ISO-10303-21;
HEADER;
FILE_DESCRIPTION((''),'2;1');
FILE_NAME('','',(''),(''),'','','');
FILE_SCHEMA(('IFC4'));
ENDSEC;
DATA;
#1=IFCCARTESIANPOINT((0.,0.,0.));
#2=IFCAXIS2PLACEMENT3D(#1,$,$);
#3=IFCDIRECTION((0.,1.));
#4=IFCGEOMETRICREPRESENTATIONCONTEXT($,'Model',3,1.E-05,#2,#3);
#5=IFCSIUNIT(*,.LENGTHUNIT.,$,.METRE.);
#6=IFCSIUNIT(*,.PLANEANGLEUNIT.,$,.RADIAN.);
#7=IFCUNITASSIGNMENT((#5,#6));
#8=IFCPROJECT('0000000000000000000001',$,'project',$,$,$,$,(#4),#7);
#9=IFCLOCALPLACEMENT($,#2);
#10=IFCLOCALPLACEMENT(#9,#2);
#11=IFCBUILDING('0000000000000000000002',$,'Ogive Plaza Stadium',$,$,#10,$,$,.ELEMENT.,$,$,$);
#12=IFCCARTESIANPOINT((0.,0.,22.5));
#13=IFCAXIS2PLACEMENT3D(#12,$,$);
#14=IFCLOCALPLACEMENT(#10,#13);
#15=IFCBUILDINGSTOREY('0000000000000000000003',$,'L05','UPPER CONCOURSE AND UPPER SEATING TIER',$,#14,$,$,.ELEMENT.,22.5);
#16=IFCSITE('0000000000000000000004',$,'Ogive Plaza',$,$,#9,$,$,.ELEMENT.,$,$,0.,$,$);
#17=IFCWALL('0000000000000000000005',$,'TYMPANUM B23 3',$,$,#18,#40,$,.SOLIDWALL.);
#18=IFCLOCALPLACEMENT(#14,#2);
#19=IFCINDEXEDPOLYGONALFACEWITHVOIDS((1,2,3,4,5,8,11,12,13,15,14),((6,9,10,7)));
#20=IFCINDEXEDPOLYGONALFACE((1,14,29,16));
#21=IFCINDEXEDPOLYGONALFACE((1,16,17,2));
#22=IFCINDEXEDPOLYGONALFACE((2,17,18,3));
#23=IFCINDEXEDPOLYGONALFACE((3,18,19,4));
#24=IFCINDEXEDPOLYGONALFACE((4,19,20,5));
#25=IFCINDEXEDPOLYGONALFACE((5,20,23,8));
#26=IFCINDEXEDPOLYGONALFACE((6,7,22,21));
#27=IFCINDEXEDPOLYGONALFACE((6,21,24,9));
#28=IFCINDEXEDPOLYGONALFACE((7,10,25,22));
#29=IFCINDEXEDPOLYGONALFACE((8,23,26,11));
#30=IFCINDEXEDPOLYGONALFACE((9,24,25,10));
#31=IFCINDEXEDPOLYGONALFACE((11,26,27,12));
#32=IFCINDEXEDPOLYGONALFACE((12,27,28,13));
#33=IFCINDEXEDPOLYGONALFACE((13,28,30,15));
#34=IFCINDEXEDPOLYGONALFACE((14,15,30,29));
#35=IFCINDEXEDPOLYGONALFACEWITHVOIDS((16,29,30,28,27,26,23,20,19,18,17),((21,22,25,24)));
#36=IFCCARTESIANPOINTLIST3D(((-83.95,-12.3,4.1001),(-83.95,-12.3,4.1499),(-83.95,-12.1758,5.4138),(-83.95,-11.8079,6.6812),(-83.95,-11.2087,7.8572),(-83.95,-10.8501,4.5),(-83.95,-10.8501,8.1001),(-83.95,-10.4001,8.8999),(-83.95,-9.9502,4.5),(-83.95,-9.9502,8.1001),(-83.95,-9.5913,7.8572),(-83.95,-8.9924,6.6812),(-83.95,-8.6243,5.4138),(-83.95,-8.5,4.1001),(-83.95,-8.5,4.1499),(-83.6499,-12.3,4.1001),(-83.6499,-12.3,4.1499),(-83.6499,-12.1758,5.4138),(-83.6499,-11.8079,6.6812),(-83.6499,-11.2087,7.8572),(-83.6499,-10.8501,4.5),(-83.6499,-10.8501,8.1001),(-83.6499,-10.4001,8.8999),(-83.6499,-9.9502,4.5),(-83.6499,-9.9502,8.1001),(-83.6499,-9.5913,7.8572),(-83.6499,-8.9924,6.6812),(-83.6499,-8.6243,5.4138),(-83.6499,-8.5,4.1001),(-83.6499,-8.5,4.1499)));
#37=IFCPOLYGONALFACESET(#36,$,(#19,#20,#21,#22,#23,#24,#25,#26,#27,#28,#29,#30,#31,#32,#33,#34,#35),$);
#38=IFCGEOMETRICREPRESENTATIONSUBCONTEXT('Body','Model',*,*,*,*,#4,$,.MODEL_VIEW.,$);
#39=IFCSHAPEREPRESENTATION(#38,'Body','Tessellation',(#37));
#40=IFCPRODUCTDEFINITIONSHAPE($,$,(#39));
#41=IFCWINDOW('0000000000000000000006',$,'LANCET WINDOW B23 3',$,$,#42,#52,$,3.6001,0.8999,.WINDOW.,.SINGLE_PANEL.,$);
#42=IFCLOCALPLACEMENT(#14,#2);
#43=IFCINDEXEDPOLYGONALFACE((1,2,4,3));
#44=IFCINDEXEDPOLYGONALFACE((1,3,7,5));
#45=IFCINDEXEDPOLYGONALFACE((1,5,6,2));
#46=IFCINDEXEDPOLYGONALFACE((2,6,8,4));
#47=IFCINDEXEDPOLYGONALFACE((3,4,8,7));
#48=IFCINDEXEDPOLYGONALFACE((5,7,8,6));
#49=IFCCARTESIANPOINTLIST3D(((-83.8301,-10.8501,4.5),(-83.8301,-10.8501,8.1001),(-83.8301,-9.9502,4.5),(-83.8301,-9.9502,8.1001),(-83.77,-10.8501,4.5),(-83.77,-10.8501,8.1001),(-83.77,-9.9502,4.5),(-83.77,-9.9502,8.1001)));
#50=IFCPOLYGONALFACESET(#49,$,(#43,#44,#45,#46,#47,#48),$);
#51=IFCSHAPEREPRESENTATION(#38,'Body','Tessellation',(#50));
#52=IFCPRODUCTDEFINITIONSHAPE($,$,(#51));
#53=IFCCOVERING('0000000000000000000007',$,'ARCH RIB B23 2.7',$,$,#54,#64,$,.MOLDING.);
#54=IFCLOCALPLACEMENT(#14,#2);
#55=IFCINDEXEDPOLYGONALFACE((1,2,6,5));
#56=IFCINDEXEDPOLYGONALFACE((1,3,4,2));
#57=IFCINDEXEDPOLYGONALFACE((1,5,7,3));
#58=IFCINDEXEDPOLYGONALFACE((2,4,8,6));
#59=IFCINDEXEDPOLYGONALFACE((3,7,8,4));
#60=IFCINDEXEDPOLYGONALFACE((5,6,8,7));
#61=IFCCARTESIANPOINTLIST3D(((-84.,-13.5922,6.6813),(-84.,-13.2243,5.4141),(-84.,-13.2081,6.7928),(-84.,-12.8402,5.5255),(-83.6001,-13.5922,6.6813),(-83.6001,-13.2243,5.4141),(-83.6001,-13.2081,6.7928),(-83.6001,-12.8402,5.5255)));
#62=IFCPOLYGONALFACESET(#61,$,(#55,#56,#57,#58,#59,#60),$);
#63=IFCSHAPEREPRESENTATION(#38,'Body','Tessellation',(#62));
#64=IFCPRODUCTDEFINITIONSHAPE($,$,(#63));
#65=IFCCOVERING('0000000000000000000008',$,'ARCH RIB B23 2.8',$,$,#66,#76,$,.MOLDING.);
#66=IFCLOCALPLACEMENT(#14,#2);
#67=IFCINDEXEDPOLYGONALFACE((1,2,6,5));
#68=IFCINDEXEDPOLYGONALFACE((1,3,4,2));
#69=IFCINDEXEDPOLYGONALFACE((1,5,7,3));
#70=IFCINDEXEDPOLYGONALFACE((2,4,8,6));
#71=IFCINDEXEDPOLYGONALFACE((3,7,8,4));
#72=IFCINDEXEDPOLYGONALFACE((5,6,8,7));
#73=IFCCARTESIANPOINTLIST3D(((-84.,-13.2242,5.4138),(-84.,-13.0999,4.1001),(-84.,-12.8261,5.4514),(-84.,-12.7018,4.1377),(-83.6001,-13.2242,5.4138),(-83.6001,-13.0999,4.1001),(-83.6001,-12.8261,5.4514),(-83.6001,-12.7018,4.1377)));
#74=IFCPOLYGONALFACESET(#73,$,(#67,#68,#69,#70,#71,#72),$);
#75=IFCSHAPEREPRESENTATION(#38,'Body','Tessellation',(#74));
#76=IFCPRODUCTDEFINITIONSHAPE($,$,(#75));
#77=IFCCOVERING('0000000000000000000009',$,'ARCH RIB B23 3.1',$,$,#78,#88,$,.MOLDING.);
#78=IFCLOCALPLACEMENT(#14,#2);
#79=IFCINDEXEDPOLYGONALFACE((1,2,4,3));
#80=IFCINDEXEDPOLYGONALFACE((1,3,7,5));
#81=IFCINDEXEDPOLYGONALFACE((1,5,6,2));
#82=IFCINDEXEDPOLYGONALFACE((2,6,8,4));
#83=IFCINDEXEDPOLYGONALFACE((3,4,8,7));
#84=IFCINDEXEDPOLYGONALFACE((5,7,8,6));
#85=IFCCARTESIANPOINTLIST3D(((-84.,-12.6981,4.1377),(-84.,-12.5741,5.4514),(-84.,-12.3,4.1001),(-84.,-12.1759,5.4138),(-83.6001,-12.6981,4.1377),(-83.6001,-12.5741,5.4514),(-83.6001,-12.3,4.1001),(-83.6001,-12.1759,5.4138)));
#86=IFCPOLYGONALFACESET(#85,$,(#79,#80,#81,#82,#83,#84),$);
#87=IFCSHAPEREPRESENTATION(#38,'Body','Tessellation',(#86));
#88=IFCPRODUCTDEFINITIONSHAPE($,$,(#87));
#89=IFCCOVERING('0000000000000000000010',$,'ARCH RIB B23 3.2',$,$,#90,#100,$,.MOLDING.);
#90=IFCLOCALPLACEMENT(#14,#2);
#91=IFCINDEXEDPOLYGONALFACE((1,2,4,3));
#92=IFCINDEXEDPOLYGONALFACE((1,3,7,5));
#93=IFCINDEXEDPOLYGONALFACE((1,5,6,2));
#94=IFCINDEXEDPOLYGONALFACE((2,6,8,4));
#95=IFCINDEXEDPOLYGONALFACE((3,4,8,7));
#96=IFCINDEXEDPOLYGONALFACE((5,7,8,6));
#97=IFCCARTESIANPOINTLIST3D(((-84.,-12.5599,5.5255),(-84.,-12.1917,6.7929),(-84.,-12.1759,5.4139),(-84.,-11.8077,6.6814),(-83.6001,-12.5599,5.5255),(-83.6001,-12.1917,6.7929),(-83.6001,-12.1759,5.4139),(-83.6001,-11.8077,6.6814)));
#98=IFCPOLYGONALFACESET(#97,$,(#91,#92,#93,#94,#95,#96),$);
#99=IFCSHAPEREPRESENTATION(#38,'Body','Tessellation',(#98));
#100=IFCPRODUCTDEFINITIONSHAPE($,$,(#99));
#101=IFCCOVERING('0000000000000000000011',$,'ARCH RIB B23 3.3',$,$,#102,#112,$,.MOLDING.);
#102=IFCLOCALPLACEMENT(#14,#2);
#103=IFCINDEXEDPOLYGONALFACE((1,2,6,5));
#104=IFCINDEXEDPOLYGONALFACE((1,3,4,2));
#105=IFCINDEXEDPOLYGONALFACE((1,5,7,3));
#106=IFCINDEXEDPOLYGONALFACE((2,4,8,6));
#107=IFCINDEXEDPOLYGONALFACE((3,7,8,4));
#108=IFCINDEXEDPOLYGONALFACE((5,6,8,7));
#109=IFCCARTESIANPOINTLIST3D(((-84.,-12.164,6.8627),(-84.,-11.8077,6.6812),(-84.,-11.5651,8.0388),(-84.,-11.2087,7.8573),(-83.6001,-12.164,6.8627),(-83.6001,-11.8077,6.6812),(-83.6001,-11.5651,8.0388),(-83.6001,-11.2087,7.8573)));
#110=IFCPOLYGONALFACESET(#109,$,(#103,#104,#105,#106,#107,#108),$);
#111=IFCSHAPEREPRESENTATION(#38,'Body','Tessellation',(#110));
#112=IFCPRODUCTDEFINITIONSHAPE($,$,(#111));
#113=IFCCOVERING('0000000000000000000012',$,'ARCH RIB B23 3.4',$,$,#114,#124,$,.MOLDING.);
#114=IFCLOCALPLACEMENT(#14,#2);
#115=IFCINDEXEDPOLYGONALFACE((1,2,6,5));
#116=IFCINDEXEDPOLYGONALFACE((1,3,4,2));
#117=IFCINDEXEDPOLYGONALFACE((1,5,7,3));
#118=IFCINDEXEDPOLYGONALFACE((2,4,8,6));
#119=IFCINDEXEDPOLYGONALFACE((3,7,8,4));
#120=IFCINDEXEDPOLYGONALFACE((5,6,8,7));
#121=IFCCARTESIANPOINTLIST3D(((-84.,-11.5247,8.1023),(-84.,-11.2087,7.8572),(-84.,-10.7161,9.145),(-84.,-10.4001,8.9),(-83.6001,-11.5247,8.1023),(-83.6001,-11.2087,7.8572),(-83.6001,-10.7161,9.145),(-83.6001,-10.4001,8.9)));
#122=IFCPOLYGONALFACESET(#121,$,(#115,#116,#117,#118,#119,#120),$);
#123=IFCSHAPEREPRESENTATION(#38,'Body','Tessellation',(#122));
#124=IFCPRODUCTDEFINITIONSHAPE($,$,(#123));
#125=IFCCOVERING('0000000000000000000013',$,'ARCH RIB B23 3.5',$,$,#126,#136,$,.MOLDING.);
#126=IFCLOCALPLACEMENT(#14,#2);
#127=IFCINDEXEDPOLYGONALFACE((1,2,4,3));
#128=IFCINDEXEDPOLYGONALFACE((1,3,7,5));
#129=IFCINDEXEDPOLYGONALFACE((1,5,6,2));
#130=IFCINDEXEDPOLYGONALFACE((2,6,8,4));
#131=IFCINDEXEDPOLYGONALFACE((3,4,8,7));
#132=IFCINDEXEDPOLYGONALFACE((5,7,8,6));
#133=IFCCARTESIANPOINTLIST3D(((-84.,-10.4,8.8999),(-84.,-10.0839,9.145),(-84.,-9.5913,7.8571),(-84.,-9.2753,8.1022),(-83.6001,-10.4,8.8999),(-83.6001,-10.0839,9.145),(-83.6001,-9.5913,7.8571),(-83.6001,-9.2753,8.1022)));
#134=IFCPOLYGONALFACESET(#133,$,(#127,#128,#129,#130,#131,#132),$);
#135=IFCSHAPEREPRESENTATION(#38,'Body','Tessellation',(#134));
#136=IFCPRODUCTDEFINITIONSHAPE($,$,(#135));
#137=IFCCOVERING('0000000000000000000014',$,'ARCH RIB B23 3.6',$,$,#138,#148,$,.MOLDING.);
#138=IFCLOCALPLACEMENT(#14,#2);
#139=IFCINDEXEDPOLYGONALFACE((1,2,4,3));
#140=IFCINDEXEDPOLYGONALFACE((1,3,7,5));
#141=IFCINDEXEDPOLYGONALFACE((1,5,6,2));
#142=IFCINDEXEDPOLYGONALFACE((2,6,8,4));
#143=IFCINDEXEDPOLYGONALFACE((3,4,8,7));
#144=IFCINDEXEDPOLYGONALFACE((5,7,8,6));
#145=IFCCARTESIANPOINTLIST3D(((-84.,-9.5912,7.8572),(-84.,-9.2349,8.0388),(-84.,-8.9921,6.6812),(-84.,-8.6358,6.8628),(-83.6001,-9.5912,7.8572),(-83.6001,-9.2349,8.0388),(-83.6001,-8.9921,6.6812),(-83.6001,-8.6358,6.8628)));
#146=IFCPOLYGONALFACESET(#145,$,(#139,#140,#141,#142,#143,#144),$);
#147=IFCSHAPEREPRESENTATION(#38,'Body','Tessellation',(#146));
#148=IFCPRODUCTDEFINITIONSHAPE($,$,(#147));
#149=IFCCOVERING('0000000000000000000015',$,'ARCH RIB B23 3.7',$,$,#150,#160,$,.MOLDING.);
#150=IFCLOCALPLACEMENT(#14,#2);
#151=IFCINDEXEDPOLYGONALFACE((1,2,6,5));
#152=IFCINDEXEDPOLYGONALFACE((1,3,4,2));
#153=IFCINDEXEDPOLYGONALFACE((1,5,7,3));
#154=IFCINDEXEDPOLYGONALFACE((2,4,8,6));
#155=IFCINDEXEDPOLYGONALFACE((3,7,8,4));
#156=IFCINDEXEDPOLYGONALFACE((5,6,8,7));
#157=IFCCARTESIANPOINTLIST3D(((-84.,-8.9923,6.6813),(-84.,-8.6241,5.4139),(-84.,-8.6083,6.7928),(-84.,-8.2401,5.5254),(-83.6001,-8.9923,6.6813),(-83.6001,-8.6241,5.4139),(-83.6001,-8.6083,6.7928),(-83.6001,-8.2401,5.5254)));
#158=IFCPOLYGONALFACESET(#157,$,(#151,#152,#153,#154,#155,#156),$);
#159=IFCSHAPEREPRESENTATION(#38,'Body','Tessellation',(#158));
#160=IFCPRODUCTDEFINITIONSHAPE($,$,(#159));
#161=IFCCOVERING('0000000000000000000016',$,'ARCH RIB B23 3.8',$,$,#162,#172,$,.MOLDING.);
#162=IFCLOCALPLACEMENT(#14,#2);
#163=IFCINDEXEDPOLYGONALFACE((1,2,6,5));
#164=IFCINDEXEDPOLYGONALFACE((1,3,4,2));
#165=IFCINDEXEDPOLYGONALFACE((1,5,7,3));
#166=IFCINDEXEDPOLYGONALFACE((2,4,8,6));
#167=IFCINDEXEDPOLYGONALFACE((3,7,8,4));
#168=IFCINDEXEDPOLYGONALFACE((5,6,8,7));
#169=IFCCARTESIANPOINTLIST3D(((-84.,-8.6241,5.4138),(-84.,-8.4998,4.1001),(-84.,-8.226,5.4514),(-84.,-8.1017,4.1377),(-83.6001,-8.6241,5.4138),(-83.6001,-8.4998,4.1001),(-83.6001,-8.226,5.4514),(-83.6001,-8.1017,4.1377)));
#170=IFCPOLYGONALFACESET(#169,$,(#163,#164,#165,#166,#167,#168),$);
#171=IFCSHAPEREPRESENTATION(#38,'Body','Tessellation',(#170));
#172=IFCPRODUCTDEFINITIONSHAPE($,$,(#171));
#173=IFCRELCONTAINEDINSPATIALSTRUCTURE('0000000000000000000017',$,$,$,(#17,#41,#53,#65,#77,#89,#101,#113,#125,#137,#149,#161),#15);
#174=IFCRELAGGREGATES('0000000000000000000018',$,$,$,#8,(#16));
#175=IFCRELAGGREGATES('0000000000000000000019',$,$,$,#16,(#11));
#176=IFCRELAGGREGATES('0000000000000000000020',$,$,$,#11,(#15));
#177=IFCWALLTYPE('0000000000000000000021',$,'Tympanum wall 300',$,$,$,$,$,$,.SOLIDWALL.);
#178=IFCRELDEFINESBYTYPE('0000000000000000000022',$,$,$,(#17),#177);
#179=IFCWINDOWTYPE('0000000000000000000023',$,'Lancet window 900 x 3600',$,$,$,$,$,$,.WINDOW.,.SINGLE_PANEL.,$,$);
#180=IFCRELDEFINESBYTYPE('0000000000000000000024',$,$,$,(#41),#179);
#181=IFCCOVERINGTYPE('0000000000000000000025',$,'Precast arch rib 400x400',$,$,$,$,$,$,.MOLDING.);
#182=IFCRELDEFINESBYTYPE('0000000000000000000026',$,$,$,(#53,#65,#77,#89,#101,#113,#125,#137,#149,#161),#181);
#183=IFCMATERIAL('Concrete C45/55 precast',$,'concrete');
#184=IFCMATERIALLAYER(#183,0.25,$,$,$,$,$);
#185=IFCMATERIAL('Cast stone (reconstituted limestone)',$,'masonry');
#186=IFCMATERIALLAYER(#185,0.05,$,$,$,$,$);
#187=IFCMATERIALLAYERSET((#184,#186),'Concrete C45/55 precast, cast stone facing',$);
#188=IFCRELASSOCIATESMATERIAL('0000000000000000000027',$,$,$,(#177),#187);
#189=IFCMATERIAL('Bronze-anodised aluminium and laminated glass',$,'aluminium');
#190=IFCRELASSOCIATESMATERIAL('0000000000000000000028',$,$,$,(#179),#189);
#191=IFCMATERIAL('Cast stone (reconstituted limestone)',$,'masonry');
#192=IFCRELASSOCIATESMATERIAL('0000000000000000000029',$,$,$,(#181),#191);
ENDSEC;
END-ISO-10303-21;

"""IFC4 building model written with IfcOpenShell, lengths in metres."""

from ifc_helpers import new_model, si_unit, direction, frame, frame_2d, origin, origin_2d, place, context, subcontext, project, spatial, polyline, rectangle, outline, extrude, material, layer, layer_set, material_profile, profile_set, type_object, element, fill, save


model = new_model("IFC4")

# Units and contexts
model_context = context("Model", 3, precision=1e-05, world=origin(), true_north=direction((0.0, 1.0)))
body_context = subcontext(model_context, "Body", "Model", "MODEL_VIEW")
ifc_project = project(units=[si_unit("LENGTHUNIT", "METRE"), si_unit("PLANEANGLEUNIT", "RADIAN")], contexts=[model_context])

# Site, building, storey
site_placement = place(None, origin())
site = spatial("IfcSite", under=ifc_project, at=site_placement, Name="Ogive Plaza", CompositionType="ELEMENT", RefElevation=0.0)
building_placement = place(site_placement, origin())
building = spatial("IfcBuilding", under=site, at=building_placement, Name="Ogive Plaza Stadium", CompositionType="ELEMENT")
storey_placement = place(building_placement, frame((0.0, 0.0, 22.5)))
storey = spatial("IfcBuildingStorey", under=building, at=storey_placement, Name="L05", Description="UPPER CONCOURSE AND UPPER SEATING TIER", CompositionType="ELEMENT", Elevation=22.5)

# Wall, opening, window
ifc_material_1 = material(Name="Concrete C45/55 precast", Category="concrete")
ifc_layer_1 = layer(ifc_material_1, 0.25)
ifc_material_2 = material(Name="Cast stone (reconstituted limestone)", Category="masonry")
ifc_layer_2 = layer(ifc_material_2, 0.05)
ifc_layer_set_1 = layer_set([ifc_layer_1, ifc_layer_2], Name="Concrete C45/55 precast, cast stone facing")
wall_type = type_object("IfcWallType", Name="Tympanum wall 300", PredefinedType="SOLIDWALL", material=ifc_layer_set_1)
wall_placement = place(storey_placement, frame((-83.8, -12.3, 4.1001), z_axis=(0.0, 0.0, 1.0), x_axis=(0.0, 1.0, 0.0)))
wall = element("IfcWall", 1, at=wall_placement, inside=storey, type_object=wall_type, Name="TYMPANUM B23 3", PredefinedType="SOLIDWALL", context=body_context, shape_type="SweptSolid", body=[
    extrude(outline(polyline([(0.0, 0.0), (3.8, 0.0), (3.8, 0.0498), (3.6758, 1.3137), (3.3076, 2.5811), (2.7087, 3.7571), (1.8999, 4.7998), (1.0913, 3.7571), (0.4922, 2.5811), (0.1243, 1.3137), (0.0, 0.0498), (0.0, 0.0)])), frame((0.0, 0.1499, 0.0), z_axis=(0.0, -1.0, 0.0), x_axis=(1.0, 0.0, 0.0)), (0.0, 0.0, 1.0), 0.3),
])
opening_placement = place(wall_placement, frame((1.45, 0.0, 0.3999)))
opening = element("IfcOpeningElement", 2, at=opening_placement, cuts=wall, PredefinedType="OPENING", context=body_context, shape_type="SweptSolid", body=[
    extrude(rectangle(XDim=0.8999, YDim=3.6001, at=frame_2d((0.45, 1.8))), frame((0.0, 0.1602, 0.0), z_axis=(0.0, -1.0, 0.0), x_axis=(1.0, 0.0, 0.0)), (0.0, 0.0, 1.0), 0.3201),
])
ifc_material_3 = material(Name="Bronze-anodised aluminium and laminated glass", Category="aluminium")
window_type = type_object("IfcWindowType", Name="Lancet window 900 x 3600", PartitioningType="SINGLE_PANEL", PredefinedType="WINDOW", material=ifc_material_3)
window_placement = place(opening_placement, origin())
window = element("IfcWindow", 3, at=window_placement, inside=storey, type_object=window_type, Name="LANCET WINDOW B23 3", OverallHeight=3.6001, OverallWidth=0.8999, PartitioningType="SINGLE_PANEL", PredefinedType="WINDOW", context=body_context, shape_type="SweptSolid", body=[
    extrude(rectangle(XDim=0.8999, YDim=3.6001, at=frame_2d((0.45, 1.8))), frame((0.0, 0.03, 0.0), z_axis=(0.0, -1.0, 0.0), x_axis=(1.0, 0.0, 0.0)), (0.0, 0.0, 1.0), 0.0601),
])
fill(opening, window)

# Coverings
ifc_material_4 = material(Name="Cast stone (reconstituted limestone)", Category="masonry")
ifc_material_profile_1 = material_profile(ifc_material_4, rectangle(XDim=0.3999, YDim=0.3999, at=origin_2d()), Name="Cast stone 400x400")
ifc_profile_set_1 = profile_set([ifc_material_profile_1], Name="Cast stone (reconstituted limestone)")
covering_type = type_object("IfcCoveringType", Name="Precast arch rib 400x400", PredefinedType="MOLDING", material=ifc_profile_set_1)
for number, where, z_axis, x_axis, name in (
    (4, (-83.8, -13.4001, 6.7371), (0.0, 0.278799, -0.960349), (-1.0, 0.0, 0.0), "ARCH RIB B23 2.7"),
    (5, (-83.8, -13.0251, 5.4326), (0.0, 0.094172, -0.995556), (-1.0, 0.0, 0.0), "ARCH RIB B23 2.8"),
    (6, (-83.8, -12.499, 4.1189), (0.0, 0.093988, 0.995573), (-1.0, 0.0, 0.0), "ARCH RIB B23 3.1"),
):
    element("IfcCovering", number, at=place(storey_placement, frame(where, z_axis=z_axis, x_axis=x_axis)), inside=storey, type_object=covering_type, Name=name, PredefinedType="MOLDING", context=body_context, shape_type="SweptSolid", body=[
        extrude(rectangle(XDim=0.3999, YDim=0.3999, at=origin_2d()), origin(), (0.0, 0.0, 1.0), 1.3196),
    ])
for number, where, z_axis, x_axis, name in (
    (7, (-83.8, -12.3679, 5.4697), (0.0, 0.27897, 0.9603), (-1.0, 0.0, 0.0), "ARCH RIB B23 3.2"),
    (8, (-83.8, -11.9858, 6.772), (0.0, 0.453787, 0.89111), (-1.0, 0.0, 0.0), "ARCH RIB B23 3.3"),
):
    element("IfcCovering", number, at=place(storey_placement, frame(where, z_axis=z_axis, x_axis=x_axis)), inside=storey, type_object=covering_type, Name=name, PredefinedType="MOLDING", context=body_context, shape_type="SweptSolid", body=[
        extrude(rectangle(XDim=0.3999, YDim=0.3999, at=origin_2d()), origin(), (0.0, 0.0, 1.0), 1.3198),
    ])
for number, where, z_axis, x_axis, name in (
    (9, (-83.8, -11.3667, 7.9797), (0.0, 0.6128, 0.790238), (-1.0, 0.0, 0.0), "ARCH RIB B23 3.4"),
    (10, (-83.8, -10.2419, 9.0225), (0.0, 0.6128, -0.790238), (-1.0, 0.0, 0.0), "ARCH RIB B23 3.5"),
):
    element("IfcCovering", number, at=place(storey_placement, frame(where, z_axis=z_axis, x_axis=x_axis)), inside=storey, type_object=covering_type, Name=name, PredefinedType="MOLDING", context=body_context, shape_type="SweptSolid", body=[
        extrude(rectangle(XDim=0.3999, YDim=0.3999, at=origin_2d()), origin(), (0.0, 0.0, 1.0), 1.3196),
    ])
for number, where, z_axis, x_axis, name in (
    (11, (-83.8, -9.4131, 7.948), (0.0, 0.453934, -0.891035), (-1.0, 0.0, 0.0), "ARCH RIB B23 3.6"),
    (12, (-83.8, -8.8003, 6.7371), (0.0, 0.27897, -0.9603), (-1.0, 0.0, 0.0), "ARCH RIB B23 3.7"),
):
    element("IfcCovering", number, at=place(storey_placement, frame(where, z_axis=z_axis, x_axis=x_axis)), inside=storey, type_object=covering_type, Name=name, PredefinedType="MOLDING", context=body_context, shape_type="SweptSolid", body=[
        extrude(rectangle(XDim=0.3999, YDim=0.3999, at=origin_2d()), origin(), (0.0, 0.0, 1.0), 1.3198),
    ])
covering_placement = place(storey_placement, frame((-83.8, -8.425, 5.4326), z_axis=(0.0, 0.094172, -0.995556), x_axis=(-1.0, 0.0, 0.0)))
element("IfcCovering", 13, at=covering_placement, inside=storey, type_object=covering_type, Name="ARCH RIB B23 3.8", PredefinedType="MOLDING", context=body_context, shape_type="SweptSolid", body=[
    extrude(rectangle(XDim=0.3999, YDim=0.3999, at=origin_2d()), origin(), (0.0, 0.0, 1.0), 1.3196),
])

save(model, "model.ifc")
